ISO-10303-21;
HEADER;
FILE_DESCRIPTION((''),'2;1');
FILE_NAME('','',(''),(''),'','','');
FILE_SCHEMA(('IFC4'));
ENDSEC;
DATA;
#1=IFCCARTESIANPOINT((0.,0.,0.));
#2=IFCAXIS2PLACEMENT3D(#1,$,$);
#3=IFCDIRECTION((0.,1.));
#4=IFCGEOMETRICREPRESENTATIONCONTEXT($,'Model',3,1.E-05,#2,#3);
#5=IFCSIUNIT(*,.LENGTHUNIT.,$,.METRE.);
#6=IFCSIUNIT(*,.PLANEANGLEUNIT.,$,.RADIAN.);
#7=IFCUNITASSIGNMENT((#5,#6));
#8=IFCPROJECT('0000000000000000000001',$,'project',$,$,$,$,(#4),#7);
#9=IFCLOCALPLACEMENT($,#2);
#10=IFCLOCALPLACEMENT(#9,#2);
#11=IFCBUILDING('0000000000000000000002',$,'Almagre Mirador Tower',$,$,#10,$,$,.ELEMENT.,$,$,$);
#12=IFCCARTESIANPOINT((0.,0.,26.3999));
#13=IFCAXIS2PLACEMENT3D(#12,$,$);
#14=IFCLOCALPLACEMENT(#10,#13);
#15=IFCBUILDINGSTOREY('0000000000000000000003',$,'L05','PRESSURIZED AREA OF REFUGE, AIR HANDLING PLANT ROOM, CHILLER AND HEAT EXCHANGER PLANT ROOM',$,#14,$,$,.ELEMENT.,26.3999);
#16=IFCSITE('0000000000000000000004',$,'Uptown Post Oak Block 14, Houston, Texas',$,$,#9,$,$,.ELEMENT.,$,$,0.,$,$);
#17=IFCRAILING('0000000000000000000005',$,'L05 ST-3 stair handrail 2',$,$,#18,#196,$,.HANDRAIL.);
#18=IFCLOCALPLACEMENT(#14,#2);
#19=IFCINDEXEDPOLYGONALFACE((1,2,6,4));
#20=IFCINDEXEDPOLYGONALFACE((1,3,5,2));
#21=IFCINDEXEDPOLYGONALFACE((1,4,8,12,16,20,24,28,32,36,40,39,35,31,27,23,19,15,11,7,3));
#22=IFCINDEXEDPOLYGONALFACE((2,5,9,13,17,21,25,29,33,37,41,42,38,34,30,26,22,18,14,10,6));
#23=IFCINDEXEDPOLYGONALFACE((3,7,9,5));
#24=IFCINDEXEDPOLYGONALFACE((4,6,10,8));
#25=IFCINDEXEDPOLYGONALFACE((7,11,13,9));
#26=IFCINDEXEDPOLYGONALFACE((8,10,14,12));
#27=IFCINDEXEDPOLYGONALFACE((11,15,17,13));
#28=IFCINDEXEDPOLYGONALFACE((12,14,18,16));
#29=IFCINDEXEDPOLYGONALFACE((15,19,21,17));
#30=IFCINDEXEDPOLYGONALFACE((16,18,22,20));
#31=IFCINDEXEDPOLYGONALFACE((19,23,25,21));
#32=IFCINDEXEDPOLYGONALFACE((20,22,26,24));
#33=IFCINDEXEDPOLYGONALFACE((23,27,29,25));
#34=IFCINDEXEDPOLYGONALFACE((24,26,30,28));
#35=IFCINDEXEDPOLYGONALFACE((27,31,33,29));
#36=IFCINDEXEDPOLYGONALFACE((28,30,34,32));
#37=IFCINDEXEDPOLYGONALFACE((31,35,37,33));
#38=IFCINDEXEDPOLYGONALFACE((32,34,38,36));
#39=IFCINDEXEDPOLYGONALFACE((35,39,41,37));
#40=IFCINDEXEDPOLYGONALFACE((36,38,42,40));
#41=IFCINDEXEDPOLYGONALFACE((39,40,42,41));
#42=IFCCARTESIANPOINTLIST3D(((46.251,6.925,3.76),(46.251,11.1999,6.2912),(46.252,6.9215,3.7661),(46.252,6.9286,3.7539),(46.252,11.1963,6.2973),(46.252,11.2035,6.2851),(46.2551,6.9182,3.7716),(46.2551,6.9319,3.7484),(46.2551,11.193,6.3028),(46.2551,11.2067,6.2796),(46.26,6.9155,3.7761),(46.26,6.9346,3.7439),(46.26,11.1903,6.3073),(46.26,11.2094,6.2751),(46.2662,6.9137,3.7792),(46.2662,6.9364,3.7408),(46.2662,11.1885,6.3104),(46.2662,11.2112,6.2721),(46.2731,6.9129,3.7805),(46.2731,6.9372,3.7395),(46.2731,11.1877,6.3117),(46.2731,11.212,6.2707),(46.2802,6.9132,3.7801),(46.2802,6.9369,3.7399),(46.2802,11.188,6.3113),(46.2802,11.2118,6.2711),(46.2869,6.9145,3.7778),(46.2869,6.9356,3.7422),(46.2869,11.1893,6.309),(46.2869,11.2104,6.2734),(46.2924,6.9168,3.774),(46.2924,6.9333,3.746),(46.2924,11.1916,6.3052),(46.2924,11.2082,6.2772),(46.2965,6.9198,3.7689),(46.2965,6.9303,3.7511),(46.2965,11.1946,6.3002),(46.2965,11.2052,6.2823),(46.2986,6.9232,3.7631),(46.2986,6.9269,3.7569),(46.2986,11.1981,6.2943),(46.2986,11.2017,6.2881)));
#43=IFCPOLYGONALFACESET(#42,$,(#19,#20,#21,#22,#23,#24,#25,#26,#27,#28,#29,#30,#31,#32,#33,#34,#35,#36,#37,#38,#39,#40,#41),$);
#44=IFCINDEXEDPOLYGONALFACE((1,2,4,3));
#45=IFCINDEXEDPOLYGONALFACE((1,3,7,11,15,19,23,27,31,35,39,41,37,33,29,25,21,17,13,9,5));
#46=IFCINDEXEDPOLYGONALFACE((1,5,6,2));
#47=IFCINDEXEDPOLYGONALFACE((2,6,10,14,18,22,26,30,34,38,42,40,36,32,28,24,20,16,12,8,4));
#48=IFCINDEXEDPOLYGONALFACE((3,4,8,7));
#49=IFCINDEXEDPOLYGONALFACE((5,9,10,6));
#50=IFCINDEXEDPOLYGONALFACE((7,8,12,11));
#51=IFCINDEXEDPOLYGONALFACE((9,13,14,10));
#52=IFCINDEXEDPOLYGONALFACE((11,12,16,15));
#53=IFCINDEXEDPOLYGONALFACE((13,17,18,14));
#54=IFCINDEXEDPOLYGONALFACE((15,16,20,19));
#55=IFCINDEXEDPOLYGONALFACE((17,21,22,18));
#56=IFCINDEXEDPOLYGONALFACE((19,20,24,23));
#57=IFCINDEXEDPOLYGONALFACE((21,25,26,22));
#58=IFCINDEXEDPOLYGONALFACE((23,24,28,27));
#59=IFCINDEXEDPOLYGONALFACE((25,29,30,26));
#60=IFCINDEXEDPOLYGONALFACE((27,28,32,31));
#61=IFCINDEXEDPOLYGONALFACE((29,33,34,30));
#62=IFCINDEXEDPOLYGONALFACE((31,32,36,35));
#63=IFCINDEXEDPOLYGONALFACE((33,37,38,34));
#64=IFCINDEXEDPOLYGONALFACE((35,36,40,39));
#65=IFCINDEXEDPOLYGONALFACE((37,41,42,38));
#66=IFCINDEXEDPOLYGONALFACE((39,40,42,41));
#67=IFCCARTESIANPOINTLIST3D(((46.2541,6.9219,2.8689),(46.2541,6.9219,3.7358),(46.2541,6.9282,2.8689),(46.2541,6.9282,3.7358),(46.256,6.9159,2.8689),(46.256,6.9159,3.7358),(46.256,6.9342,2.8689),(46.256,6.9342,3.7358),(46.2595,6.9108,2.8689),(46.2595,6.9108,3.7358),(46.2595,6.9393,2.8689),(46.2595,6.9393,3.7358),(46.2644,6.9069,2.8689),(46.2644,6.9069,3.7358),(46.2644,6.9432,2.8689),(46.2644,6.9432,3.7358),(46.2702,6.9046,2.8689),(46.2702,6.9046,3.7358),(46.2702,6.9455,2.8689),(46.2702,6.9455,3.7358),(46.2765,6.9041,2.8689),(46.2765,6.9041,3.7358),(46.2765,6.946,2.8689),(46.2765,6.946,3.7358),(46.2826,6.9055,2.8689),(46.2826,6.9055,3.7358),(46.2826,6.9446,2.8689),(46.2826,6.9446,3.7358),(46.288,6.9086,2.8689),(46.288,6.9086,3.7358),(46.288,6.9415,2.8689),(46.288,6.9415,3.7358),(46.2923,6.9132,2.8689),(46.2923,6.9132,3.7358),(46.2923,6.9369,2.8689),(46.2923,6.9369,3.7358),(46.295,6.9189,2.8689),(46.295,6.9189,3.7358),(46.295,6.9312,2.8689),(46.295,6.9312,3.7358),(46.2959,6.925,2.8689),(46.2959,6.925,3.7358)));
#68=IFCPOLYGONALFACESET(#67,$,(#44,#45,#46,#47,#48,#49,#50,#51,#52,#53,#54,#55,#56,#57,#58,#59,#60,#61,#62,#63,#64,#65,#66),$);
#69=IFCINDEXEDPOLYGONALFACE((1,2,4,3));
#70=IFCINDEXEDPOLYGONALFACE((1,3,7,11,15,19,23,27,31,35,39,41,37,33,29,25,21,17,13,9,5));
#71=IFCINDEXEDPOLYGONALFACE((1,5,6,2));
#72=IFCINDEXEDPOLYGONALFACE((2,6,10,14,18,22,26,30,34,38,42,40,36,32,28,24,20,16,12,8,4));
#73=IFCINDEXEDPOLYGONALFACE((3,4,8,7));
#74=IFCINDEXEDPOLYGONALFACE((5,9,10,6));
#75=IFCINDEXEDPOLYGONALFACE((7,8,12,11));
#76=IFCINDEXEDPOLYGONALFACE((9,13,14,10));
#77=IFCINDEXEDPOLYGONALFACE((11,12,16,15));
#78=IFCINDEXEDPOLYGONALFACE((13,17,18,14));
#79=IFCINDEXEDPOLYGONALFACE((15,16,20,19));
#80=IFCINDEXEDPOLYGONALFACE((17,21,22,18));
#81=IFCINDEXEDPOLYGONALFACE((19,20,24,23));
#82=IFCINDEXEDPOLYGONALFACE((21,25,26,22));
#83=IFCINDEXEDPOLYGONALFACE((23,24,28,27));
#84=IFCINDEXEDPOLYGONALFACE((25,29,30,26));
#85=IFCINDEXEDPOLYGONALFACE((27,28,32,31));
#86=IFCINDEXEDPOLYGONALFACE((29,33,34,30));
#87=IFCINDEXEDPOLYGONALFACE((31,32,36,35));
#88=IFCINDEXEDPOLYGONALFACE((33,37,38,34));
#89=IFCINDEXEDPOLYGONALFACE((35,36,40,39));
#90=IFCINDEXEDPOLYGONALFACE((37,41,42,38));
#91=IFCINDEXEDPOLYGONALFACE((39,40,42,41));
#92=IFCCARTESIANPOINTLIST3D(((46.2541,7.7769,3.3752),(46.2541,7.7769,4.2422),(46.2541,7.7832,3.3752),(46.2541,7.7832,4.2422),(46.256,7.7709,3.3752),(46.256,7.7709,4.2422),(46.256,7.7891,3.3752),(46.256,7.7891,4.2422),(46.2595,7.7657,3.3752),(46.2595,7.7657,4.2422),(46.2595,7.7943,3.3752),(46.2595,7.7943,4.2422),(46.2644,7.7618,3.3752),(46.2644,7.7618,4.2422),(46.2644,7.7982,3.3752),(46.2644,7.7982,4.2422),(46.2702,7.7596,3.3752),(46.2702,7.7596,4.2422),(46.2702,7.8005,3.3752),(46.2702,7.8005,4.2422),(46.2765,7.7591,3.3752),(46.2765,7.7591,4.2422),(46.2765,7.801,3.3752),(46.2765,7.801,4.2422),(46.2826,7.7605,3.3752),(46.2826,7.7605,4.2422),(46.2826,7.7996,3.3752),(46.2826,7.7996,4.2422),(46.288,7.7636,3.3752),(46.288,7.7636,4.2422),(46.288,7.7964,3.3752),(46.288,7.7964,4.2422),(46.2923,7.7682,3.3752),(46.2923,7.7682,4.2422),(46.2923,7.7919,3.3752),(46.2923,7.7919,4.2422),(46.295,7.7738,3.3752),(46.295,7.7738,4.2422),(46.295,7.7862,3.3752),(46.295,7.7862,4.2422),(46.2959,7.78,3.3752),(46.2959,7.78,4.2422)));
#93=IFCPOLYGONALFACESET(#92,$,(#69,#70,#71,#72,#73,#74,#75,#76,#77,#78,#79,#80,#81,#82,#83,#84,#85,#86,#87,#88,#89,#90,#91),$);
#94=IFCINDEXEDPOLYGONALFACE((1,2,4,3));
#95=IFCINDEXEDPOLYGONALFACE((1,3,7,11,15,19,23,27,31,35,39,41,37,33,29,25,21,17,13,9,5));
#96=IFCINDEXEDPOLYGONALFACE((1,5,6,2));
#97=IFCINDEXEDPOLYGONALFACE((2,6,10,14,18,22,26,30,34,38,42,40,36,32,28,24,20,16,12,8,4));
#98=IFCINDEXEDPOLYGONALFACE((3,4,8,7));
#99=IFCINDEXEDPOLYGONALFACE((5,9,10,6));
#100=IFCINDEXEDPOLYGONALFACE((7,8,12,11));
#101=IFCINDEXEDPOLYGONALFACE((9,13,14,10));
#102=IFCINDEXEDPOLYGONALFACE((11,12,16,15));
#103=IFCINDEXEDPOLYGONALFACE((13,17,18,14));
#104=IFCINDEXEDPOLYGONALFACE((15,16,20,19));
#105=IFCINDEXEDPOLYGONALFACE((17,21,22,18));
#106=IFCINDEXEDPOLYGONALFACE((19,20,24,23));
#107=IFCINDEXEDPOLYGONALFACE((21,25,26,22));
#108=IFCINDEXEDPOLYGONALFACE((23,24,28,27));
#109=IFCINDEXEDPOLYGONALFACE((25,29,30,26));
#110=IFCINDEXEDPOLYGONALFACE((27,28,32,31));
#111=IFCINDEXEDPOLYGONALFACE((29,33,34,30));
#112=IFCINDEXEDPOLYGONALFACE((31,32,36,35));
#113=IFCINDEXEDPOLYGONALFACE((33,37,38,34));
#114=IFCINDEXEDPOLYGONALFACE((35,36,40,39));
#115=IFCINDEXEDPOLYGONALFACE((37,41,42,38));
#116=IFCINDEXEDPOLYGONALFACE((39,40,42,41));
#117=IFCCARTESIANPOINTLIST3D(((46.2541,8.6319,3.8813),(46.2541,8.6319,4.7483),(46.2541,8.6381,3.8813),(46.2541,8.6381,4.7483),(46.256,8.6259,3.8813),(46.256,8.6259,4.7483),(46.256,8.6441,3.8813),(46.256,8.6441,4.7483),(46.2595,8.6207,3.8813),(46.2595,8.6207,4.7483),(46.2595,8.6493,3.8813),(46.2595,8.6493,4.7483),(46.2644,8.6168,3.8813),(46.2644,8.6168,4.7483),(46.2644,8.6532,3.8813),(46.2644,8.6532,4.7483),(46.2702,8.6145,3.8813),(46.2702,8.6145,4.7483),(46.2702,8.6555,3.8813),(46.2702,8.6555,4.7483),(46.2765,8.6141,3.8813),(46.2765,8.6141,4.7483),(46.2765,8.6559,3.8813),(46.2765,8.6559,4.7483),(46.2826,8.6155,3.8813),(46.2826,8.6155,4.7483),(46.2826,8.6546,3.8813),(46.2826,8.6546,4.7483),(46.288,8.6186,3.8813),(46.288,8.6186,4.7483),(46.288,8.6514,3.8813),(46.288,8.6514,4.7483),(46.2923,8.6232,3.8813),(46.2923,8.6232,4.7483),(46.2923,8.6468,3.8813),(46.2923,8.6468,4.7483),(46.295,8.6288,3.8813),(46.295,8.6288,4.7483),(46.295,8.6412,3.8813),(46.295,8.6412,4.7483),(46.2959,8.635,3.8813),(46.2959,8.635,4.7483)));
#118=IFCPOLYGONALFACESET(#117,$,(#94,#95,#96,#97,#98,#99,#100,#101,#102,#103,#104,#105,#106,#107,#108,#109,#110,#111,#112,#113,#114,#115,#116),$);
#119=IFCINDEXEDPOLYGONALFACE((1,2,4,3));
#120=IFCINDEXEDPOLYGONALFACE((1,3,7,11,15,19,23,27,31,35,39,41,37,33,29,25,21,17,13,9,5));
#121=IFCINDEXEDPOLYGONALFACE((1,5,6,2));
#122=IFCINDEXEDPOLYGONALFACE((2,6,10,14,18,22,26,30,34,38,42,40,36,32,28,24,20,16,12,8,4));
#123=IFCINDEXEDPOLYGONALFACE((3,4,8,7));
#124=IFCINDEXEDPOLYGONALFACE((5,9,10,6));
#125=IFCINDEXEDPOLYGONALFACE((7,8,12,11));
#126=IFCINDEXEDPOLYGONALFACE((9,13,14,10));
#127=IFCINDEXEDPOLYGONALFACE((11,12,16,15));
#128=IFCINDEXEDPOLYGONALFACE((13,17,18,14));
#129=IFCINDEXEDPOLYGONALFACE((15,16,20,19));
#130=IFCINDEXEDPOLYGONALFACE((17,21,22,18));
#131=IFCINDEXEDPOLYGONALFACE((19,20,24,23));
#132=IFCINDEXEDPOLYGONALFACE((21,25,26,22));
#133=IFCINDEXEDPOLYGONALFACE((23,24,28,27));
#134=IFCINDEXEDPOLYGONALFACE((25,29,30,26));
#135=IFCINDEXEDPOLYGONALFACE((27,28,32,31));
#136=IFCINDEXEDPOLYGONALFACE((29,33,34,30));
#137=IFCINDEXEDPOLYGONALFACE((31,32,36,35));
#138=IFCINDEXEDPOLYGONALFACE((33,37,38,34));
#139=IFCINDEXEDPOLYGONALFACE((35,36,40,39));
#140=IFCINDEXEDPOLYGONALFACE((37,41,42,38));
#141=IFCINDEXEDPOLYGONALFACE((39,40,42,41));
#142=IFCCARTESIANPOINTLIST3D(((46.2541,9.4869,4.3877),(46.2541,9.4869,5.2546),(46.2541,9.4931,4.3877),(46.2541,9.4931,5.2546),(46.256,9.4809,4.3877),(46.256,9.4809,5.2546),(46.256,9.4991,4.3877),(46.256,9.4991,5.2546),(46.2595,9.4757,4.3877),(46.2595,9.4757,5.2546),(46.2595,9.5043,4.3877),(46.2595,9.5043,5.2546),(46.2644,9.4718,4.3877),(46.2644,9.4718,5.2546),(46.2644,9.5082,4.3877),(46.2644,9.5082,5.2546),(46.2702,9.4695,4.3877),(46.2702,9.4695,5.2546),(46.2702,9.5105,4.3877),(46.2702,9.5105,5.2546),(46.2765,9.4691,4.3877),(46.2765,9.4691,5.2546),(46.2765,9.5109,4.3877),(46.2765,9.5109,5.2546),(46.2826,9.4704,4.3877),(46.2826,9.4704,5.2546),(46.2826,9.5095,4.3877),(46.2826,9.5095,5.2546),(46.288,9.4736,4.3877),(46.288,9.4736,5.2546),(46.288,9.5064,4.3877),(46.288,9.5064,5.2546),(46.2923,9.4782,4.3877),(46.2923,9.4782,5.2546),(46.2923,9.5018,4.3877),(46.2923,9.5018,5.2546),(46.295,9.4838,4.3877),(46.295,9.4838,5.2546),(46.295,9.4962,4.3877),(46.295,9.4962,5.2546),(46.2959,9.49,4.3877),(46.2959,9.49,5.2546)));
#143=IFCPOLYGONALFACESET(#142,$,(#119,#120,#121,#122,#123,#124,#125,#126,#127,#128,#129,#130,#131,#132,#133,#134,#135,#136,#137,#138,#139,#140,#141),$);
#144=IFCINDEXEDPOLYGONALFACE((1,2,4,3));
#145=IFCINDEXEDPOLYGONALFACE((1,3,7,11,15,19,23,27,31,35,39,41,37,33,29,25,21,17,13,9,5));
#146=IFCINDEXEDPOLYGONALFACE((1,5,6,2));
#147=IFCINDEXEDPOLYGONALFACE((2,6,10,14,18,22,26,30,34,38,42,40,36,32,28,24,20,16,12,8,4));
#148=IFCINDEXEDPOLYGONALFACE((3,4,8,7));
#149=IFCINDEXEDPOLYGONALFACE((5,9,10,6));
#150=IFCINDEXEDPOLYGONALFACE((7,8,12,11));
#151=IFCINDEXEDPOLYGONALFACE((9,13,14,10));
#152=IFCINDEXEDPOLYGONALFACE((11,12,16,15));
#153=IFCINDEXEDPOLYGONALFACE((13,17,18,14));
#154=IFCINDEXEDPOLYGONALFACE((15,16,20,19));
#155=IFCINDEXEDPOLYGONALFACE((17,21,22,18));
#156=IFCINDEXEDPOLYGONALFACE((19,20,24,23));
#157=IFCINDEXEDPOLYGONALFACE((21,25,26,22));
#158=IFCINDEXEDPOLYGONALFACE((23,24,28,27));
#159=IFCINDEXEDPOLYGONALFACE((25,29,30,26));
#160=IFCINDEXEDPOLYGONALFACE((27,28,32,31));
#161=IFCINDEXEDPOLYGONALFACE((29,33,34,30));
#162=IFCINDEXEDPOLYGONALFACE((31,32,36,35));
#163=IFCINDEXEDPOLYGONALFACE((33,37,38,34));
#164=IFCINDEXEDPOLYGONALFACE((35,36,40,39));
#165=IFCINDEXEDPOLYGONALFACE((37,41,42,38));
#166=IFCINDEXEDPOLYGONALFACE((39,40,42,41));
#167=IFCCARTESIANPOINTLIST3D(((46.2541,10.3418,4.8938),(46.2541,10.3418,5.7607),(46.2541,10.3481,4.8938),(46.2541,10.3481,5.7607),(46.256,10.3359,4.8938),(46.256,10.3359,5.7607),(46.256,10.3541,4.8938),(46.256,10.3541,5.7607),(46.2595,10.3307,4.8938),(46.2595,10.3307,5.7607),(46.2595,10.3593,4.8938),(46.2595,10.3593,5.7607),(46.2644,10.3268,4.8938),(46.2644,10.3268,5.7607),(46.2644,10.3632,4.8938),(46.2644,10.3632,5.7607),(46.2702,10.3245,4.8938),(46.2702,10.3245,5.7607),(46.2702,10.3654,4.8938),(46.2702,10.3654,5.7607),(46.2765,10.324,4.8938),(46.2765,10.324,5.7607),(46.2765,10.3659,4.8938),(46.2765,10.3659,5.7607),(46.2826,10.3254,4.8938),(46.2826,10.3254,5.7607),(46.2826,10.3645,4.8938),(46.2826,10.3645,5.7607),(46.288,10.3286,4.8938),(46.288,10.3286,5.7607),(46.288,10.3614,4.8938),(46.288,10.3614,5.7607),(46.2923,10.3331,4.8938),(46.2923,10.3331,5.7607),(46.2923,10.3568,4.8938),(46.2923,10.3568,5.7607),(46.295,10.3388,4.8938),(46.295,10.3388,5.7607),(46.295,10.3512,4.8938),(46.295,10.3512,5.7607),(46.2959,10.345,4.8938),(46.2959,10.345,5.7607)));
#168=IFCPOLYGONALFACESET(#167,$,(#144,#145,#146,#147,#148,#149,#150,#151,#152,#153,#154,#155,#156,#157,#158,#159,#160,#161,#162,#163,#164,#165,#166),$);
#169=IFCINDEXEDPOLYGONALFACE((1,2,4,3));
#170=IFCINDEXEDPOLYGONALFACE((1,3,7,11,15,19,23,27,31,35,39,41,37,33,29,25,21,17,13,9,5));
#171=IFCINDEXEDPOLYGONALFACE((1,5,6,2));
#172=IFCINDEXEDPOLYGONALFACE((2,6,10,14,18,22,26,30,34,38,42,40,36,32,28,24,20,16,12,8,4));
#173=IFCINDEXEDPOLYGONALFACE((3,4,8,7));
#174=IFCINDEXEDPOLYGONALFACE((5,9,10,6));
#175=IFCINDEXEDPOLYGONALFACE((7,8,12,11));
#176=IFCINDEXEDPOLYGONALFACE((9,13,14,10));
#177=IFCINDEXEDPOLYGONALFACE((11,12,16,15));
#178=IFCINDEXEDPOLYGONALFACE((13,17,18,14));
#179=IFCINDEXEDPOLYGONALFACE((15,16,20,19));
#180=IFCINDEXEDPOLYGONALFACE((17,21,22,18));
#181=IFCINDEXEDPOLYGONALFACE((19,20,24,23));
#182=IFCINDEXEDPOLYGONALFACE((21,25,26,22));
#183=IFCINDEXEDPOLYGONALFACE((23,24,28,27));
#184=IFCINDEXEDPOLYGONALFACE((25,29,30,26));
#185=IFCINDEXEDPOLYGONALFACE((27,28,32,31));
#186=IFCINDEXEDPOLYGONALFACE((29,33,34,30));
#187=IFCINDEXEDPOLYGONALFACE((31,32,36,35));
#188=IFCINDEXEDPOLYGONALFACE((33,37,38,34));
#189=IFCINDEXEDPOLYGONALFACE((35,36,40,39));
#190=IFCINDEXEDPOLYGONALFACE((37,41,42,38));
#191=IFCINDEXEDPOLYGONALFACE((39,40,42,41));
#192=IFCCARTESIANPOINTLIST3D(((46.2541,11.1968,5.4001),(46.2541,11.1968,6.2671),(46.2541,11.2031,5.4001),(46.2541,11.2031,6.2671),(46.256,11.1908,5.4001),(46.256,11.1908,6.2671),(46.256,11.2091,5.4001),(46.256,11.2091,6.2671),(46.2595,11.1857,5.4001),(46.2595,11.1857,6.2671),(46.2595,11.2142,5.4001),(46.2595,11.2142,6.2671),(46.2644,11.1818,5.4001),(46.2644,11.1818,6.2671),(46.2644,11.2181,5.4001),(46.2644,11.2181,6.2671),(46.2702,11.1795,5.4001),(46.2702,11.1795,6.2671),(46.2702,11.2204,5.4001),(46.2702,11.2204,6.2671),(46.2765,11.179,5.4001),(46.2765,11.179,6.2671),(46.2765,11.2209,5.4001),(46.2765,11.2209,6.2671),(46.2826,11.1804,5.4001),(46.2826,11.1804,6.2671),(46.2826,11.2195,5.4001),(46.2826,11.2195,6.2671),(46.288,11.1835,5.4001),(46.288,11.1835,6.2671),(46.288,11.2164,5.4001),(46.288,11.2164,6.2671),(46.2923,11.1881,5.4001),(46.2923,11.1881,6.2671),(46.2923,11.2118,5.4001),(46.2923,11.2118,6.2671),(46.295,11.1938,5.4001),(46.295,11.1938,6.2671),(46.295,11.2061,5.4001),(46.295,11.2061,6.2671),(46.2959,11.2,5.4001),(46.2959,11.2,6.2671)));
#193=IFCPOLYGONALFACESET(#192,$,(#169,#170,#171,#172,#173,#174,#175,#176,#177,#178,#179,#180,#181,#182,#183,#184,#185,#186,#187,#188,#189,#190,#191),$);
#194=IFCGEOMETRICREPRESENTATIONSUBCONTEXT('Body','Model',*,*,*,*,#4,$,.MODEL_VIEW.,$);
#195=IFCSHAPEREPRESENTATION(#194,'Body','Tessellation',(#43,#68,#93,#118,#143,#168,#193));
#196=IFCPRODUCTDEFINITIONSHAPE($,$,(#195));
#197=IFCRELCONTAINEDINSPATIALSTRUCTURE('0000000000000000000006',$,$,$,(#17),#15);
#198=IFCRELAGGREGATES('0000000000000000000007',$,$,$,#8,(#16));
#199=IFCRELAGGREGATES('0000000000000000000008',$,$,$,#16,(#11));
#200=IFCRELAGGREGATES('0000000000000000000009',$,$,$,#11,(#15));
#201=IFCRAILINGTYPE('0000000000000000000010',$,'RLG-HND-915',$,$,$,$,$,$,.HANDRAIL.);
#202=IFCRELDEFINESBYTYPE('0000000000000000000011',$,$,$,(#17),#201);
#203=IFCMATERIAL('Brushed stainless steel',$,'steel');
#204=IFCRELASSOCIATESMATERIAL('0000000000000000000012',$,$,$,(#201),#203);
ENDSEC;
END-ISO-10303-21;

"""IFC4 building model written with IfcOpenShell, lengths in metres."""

from ifc_helpers import new_model, si_unit, direction, frame, origin, origin_2d, place, context, subcontext, project, spatial, circle, extrude, material, type_object, element, save


model = new_model("IFC4")

# Units and contexts
model_context = context("Model", 3, precision=1e-05, world=origin(), true_north=direction((0.0, 1.0)))
body_context = subcontext(model_context, "Body", "Model", "MODEL_VIEW")
ifc_project = project(units=[si_unit("LENGTHUNIT", "METRE"), si_unit("PLANEANGLEUNIT", "RADIAN")], contexts=[model_context])

# Site, building, storey
site_placement = place(None, origin())
site = spatial("IfcSite", under=ifc_project, at=site_placement, Name="Uptown Post Oak Block 14, Houston, Texas", CompositionType="ELEMENT", RefElevation=0.0)
building_placement = place(site_placement, origin())
building = spatial("IfcBuilding", under=site, at=building_placement, Name="Almagre Mirador Tower", CompositionType="ELEMENT")
storey_placement = place(building_placement, frame((0.0, 0.0, 26.3999)))
storey = spatial("IfcBuildingStorey", under=building, at=storey_placement, Name="L05", Description="PRESSURIZED AREA OF REFUGE, AIR HANDLING PLANT ROOM, CHILLER AND HEAT EXCHANGER PLANT ROOM", CompositionType="ELEMENT", Elevation=26.3999)

# Railing
ifc_material_1 = material(Name="Brushed stainless steel", Category="steel")
railing_type = type_object("IfcRailingType", Name="RLG-HND-915", PredefinedType="HANDRAIL", material=ifc_material_1)
railing_placement = place(storey_placement, frame((46.2749, 6.925, 2.8689)))
element("IfcRailing", 1, at=railing_placement, inside=storey, type_object=railing_type, Name="L05 ST-3 stair handrail 2", PredefinedType="HANDRAIL", context=body_context, shape_type="SweptSolid", body=[
    extrude(circle(Radius=0.0239, at=origin_2d()), frame((0.0, 0.0, 0.8911), z_axis=(0.0, 0.86047, 0.509501), x_axis=(-1.0, 0.0, 0.0)), (0.0, 0.0, 1.0), 4.968),
    extrude(circle(Radius=0.021, at=origin_2d()), origin(), (0.0, 0.0, 1.0), 0.8669),
    extrude(circle(Radius=0.021, at=origin_2d()), frame((0.0, 0.855, 0.5063)), (0.0, 0.0, 1.0), 0.8669),
    extrude(circle(Radius=0.021, at=origin_2d()), frame((0.0, 1.71, 1.0125)), (0.0, 0.0, 1.0), 0.8669),
    extrude(circle(Radius=0.021, at=origin_2d()), frame((0.0, 2.5649, 1.5188)), (0.0, 0.0, 1.0), 0.8669),
    extrude(circle(Radius=0.021, at=origin_2d()), frame((0.0, 3.4199, 2.0249)), (0.0, 0.0, 1.0), 0.8669),
    extrude(circle(Radius=0.021, at=origin_2d()), frame((0.0, 4.2749, 2.5312)), (0.0, 0.0, 1.0), 0.8669),
])

save(model, "model.ifc")
